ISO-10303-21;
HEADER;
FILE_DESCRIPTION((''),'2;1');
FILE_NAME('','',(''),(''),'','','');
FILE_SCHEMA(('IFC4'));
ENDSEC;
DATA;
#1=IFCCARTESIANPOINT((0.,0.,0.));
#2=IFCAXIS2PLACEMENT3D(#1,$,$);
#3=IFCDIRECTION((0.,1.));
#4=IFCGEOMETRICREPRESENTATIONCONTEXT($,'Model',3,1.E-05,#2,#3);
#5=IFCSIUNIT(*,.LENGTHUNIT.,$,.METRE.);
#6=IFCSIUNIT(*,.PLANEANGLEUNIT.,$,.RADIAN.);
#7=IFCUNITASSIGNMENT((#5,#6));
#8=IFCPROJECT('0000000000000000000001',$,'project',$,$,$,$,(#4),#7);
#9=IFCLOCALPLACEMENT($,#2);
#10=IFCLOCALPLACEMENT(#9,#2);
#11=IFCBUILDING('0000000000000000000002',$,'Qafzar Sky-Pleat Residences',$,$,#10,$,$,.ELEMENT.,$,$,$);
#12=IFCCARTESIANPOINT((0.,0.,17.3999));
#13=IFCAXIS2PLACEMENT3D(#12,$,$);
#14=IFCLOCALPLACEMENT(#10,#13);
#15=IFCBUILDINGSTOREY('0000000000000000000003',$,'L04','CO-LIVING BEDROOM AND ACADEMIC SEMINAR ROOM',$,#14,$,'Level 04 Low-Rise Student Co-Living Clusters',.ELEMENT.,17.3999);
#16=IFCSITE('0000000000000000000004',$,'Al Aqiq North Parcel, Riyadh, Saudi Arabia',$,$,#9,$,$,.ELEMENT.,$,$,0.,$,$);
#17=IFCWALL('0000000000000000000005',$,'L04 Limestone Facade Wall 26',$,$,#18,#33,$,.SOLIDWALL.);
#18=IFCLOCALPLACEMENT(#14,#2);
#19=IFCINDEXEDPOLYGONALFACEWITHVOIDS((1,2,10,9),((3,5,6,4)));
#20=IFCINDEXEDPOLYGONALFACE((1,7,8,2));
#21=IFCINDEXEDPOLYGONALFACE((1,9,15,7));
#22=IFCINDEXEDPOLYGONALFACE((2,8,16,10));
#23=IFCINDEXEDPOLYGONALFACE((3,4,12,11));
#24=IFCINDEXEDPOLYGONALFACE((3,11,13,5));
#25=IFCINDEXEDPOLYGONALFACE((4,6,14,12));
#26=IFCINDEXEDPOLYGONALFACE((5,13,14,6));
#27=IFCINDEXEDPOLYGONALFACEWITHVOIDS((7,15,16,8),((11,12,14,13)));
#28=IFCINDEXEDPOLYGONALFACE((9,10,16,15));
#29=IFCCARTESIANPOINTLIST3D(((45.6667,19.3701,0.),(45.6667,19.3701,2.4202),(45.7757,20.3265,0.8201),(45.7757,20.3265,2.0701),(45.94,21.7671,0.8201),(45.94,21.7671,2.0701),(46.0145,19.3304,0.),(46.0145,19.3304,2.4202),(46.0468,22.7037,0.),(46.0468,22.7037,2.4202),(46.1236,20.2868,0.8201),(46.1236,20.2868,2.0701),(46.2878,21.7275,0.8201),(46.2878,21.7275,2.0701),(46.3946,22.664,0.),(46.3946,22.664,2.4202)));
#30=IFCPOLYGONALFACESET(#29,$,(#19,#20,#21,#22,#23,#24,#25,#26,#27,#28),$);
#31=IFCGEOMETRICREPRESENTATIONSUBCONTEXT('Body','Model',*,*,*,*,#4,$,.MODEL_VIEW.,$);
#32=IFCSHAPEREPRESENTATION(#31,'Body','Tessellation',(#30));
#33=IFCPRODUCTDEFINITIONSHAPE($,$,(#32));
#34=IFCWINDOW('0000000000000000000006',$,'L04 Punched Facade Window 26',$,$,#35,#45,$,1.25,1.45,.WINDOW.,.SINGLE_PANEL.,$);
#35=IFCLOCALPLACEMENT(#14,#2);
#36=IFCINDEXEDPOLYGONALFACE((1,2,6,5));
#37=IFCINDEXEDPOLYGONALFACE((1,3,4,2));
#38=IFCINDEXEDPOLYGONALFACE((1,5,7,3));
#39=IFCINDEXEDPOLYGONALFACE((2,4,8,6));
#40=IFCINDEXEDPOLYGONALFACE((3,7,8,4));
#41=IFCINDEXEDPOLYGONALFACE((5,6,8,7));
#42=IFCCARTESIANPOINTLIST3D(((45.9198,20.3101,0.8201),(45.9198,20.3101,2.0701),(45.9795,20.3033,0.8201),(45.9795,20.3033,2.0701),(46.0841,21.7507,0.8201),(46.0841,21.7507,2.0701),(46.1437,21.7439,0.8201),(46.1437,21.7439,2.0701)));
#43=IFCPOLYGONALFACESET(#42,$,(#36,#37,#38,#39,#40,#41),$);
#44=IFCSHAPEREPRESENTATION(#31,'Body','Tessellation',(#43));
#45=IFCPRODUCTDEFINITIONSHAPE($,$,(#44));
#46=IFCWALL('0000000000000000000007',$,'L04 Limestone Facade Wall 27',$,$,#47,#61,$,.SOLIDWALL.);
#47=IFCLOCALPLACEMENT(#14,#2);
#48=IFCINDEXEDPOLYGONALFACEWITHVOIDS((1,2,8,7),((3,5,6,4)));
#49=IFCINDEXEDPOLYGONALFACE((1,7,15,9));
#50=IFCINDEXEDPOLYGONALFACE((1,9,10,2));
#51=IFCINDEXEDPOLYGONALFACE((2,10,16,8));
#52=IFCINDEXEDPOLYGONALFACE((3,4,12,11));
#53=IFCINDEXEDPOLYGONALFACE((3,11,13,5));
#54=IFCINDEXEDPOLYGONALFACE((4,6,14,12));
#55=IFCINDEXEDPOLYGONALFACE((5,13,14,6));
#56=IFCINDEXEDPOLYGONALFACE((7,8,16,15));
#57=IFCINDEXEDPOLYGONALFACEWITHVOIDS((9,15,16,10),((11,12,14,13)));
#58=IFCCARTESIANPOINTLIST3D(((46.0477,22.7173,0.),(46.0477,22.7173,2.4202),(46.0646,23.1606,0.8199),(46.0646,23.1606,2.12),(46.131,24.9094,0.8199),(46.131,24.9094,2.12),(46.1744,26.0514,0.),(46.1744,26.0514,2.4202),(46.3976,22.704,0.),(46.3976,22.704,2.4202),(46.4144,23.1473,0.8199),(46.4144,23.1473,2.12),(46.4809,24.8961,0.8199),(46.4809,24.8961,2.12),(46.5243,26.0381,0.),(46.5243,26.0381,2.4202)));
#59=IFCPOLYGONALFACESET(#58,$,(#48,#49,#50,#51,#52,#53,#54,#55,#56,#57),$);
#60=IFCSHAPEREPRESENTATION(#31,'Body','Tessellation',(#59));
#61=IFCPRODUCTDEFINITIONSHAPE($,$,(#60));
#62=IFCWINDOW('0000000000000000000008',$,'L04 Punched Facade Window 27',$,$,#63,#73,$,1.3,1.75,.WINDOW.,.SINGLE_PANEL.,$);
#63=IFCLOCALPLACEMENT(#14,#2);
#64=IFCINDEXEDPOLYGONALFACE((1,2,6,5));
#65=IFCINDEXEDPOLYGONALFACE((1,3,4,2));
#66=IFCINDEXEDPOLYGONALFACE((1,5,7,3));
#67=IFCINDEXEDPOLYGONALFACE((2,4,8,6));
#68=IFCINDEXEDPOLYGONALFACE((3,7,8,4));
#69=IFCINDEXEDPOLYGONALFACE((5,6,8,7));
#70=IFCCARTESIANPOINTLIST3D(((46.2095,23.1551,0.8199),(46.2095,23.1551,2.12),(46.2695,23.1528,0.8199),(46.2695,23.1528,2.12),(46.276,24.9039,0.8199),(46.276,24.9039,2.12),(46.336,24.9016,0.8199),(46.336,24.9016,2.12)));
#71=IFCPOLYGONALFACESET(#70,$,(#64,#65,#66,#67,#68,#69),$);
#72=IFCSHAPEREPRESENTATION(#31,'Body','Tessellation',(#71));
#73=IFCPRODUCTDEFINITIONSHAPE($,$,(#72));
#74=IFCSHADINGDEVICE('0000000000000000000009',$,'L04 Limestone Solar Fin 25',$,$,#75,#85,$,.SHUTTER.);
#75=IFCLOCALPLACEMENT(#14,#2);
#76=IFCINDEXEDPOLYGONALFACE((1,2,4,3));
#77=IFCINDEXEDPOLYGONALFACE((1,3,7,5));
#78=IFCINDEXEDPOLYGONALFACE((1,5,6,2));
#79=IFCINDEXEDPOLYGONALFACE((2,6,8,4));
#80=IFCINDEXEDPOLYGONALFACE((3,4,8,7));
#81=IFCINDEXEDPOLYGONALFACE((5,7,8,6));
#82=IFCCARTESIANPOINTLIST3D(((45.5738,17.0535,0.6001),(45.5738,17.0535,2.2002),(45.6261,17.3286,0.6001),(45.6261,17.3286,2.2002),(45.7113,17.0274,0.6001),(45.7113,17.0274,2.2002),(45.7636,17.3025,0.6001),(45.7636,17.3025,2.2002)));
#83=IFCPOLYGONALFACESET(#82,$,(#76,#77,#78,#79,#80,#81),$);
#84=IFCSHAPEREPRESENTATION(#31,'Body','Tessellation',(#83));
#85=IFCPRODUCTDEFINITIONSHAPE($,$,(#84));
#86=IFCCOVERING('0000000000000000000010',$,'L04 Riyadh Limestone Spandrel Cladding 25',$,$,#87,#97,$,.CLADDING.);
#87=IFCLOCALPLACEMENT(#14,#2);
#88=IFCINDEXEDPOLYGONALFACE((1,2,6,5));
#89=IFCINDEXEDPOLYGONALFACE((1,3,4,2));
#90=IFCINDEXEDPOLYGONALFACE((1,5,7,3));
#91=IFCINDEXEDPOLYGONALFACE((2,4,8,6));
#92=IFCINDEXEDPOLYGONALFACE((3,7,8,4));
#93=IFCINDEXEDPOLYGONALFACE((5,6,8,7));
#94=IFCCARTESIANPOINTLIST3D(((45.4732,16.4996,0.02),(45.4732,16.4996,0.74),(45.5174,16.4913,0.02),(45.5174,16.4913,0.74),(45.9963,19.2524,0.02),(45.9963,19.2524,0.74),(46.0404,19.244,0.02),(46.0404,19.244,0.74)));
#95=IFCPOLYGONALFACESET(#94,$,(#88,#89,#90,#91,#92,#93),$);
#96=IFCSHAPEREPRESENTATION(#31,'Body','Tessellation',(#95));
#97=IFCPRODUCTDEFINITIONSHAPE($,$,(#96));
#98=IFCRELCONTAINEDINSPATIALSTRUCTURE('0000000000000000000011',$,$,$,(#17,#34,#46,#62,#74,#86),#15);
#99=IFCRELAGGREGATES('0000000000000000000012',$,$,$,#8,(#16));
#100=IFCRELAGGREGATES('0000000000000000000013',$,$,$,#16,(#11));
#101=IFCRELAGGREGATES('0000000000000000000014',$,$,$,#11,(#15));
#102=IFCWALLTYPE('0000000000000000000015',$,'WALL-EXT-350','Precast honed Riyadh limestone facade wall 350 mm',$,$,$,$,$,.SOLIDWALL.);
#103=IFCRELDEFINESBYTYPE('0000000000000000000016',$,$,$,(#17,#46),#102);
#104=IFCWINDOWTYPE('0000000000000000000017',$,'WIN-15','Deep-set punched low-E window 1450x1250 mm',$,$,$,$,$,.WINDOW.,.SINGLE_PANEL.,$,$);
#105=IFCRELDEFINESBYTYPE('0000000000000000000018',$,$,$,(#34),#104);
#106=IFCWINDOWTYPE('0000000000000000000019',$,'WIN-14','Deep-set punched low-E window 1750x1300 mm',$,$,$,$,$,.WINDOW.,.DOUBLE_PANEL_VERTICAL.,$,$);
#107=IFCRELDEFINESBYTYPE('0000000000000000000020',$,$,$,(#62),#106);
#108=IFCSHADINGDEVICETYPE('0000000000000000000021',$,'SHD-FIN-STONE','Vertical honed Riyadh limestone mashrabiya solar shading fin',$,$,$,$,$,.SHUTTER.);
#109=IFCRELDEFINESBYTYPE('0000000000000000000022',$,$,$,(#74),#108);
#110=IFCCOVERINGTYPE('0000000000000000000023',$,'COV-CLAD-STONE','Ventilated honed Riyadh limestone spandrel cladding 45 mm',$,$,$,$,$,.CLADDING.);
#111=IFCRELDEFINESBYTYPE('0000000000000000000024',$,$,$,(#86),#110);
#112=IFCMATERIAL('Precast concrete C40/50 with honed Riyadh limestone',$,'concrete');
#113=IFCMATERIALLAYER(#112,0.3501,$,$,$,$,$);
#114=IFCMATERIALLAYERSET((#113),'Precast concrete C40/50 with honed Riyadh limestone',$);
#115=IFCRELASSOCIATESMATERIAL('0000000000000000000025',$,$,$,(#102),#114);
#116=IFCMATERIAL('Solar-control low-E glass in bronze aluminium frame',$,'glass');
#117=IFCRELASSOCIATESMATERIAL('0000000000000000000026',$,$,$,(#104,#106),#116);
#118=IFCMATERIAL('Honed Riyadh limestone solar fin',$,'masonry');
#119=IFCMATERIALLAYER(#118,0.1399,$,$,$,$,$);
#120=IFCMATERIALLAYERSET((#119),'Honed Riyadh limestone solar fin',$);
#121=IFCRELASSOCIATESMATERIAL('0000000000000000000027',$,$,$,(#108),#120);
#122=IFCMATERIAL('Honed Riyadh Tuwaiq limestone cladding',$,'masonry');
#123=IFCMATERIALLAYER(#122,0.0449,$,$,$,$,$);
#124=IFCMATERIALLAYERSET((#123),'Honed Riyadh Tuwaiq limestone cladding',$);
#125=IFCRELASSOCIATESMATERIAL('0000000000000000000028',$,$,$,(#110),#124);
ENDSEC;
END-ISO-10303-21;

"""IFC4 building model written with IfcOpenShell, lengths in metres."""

from ifc_helpers import new_model, si_unit, direction, frame, frame_2d, origin, origin_2d, place, context, subcontext, project, spatial, rectangle, extrude, source, transform, mapped, material, layer, layer_set, type_object, element, fill, save


model = new_model("IFC4")

# Units and contexts
model_context = context("Model", 3, precision=1e-05, world=origin(), true_north=direction((0.0, 1.0)))
body_context = subcontext(model_context, "Body", "Model", "MODEL_VIEW")
ifc_project = project(units=[si_unit("LENGTHUNIT", "METRE"), si_unit("PLANEANGLEUNIT", "RADIAN")], contexts=[model_context])

# Site, building, storey
site_placement = place(None, origin())
site = spatial("IfcSite", under=ifc_project, at=site_placement, Name="Al Aqiq North Parcel, Riyadh, Saudi Arabia", CompositionType="ELEMENT", RefElevation=0.0)
building_placement = place(site_placement, origin())
building = spatial("IfcBuilding", under=site, at=building_placement, Name="Qafzar Sky-Pleat Residences", CompositionType="ELEMENT")
storey_placement = place(building_placement, frame((0.0, 0.0, 17.3999)))
storey = spatial("IfcBuildingStorey", under=building, at=storey_placement, Name="L04", Description="CO-LIVING BEDROOM AND ACADEMIC SEMINAR ROOM", LongName="Level 04 Low-Rise Student Co-Living Clusters", CompositionType="ELEMENT", Elevation=17.3999)

# Shared definitions
ifc_material_1 = material(Name="Precast concrete C40/50 with honed Riyadh limestone", Category="concrete")
ifc_layer_1 = layer(ifc_material_1, 0.3501)
ifc_layer_set_1 = layer_set([ifc_layer_1], Name="Precast concrete C40/50 with honed Riyadh limestone")
wall_type_1 = type_object("IfcWallType", Name="WALL-EXT-350", Description="Precast honed Riyadh limestone facade wall 350 mm", PredefinedType="SOLIDWALL", material=ifc_layer_set_1)

# Walls, openings, windows
ifc_material_2 = material(Name="Solar-control low-E glass in bronze aluminium frame", Category="glass")
wall_1_placement = place(storey_placement, frame((45.8406, 19.3501, 0.0), z_axis=(0.0, 0.0, 1.0), x_axis=(0.11329, 0.993562, 0.0)))
wall_1 = element("IfcWall", 1, at=wall_1_placement, inside=storey, type_object=wall_type_1, Name="L04 Limestone Facade Wall 26", PredefinedType="SOLIDWALL", context=body_context, shape_type="SweptSolid", body=[
    extrude(rectangle(XDim=3.3552, YDim=0.3501, at=frame_2d((1.6777, 0.0))), origin(), (0.0, 0.0, 1.0), 2.4202),
])
opening_1_placement = place(wall_1_placement, frame((0.9626, 0.0, 0.8201)))
opening_1 = element("IfcOpeningElement", 2, at=opening_1_placement, cuts=wall_1, PredefinedType="OPENING", context=body_context, shape_type="SweptSolid", body=[
    extrude(rectangle(XDim=1.45, YDim=1.25, at=frame_2d((0.7251, 0.625))), frame((0.0, 0.1851, 0.0), z_axis=(0.0, -1.0, 0.0), x_axis=(1.0, 0.0, 0.0)), (0.0, 0.0, 1.0), 0.3701),
])
window_type_1 = type_object("IfcWindowType", Name="WIN-15", Description="Deep-set punched low-E window 1450x1250 mm", PartitioningType="SINGLE_PANEL", PredefinedType="WINDOW", material=ifc_material_2)
shared_shape_1 = source(origin(), body_context, "Body", "SweptSolid", [
    extrude(rectangle(XDim=1.45, YDim=1.25, at=frame_2d((0.7251, 0.625))), frame((0.0, 0.03, 0.0), z_axis=(0.0, -1.0, 0.0), x_axis=(1.0, 0.0, 0.0)), (0.0, 0.0, 1.0), 0.0601),
])
window_1_placement = place(opening_1_placement, origin())
window_1 = element("IfcWindow", 3, at=window_1_placement, inside=storey, type_object=window_type_1, Name="L04 Punched Facade Window 26", OverallHeight=1.25, OverallWidth=1.45, PartitioningType="SINGLE_PANEL", PredefinedType="WINDOW", context=body_context, shape_type="MappedRepresentation", body=[
    mapped(shared_shape_1, transform((0.0, 0.0, 0.0), x_axis=(1.0, 0.0, 0.0), y_axis=(0.0, 1.0, 0.0), z_axis=(0.0, 0.0, 1.0), scale=1.0)),
])
fill(opening_1, window_1)
wall_2_placement = place(storey_placement, frame((46.2227, 22.7107, 0.0), z_axis=(0.0, 0.0, 1.0), x_axis=(0.037978, 0.999279, 0.0)))
wall_2 = element("IfcWall", 4, at=wall_2_placement, inside=storey, type_object=wall_type_1, Name="L04 Limestone Facade Wall 27", PredefinedType="SOLIDWALL", context=body_context, shape_type="SweptSolid", body=[
    extrude(rectangle(XDim=3.3364, YDim=0.3501, at=frame_2d((1.6682, 0.0))), origin(), (0.0, 0.0, 1.0), 2.4202),
])
opening_2_placement = place(wall_2_placement, frame((0.4436, 0.0, 0.8201)))
opening_2 = element("IfcOpeningElement", 5, at=opening_2_placement, cuts=wall_2, PredefinedType="OPENING", context=body_context, shape_type="SweptSolid", body=[
    extrude(rectangle(XDim=1.75, YDim=1.3, at=frame_2d((0.875, 0.6499))), frame((0.0, 0.1851, 0.0), z_axis=(0.0, -1.0, 0.0), x_axis=(1.0, 0.0, 0.0)), (0.0, 0.0, 1.0), 0.3701),
])
window_type_2 = type_object("IfcWindowType", Name="WIN-14", Description="Deep-set punched low-E window 1750x1300 mm", PartitioningType="DOUBLE_PANEL_VERTICAL", PredefinedType="WINDOW", material=ifc_material_2)
shared_shape_2 = source(origin(), body_context, "Body", "SweptSolid", [
    extrude(rectangle(XDim=1.75, YDim=1.3, at=frame_2d((0.875, 0.6499))), frame((0.0, 0.03, 0.0), z_axis=(0.0, -1.0, 0.0), x_axis=(1.0, 0.0, 0.0)), (0.0, 0.0, 1.0), 0.0601),
])
window_2_placement = place(opening_2_placement, origin())
window_2 = element("IfcWindow", 6, at=window_2_placement, inside=storey, type_object=window_type_2, Name="L04 Punched Facade Window 27", OverallHeight=1.3, OverallWidth=1.75, PartitioningType="SINGLE_PANEL", PredefinedType="WINDOW", context=body_context, shape_type="MappedRepresentation", body=[
    mapped(shared_shape_2, transform((0.0, 0.0, 0.0), x_axis=(1.0, 0.0, 0.0), y_axis=(0.0, 1.0, 0.0), z_axis=(0.0, 0.0, 1.0), scale=1.0)),
])
fill(opening_2, window_2)

# Shading device
ifc_material_3 = material(Name="Honed Riyadh limestone solar fin", Category="masonry")
ifc_layer_2 = layer(ifc_material_3, 0.1399)
ifc_layer_set_2 = layer_set([ifc_layer_2], Name="Honed Riyadh limestone solar fin")
shading_device_type = type_object("IfcShadingDeviceType", Name="SHD-FIN-STONE", Description="Vertical honed Riyadh limestone mashrabiya solar shading fin", PredefinedType="SHUTTER", material=ifc_layer_set_2)
shared_shape_3 = source(origin(), body_context, "Body", "SweptSolid", [
    extrude(rectangle(XDim=0.1399, YDim=0.28, at=origin_2d()), origin(), (0.0, 0.0, 1.0), 1.6001),
])
shading_device_placement = place(storey_placement, frame((45.6687, 17.178, 0.6001), z_axis=(0.0, 0.0, 1.0), x_axis=(0.982421, -0.186678, 0.0)))
element("IfcShadingDevice", 7, at=shading_device_placement, inside=storey, type_object=shading_device_type, Name="L04 Limestone Solar Fin 25", PredefinedType="SHUTTER", context=body_context, shape_type="MappedRepresentation", body=[
    mapped(shared_shape_3, transform((0.0, 0.0, 0.0), x_axis=(1.0, 0.0, 0.0), y_axis=(0.0, 1.0, 0.0), z_axis=(0.0, 0.0, 1.0), scale=1.0)),
])

# Covering
ifc_material_4 = material(Name="Honed Riyadh Tuwaiq limestone cladding", Category="masonry")
ifc_layer_3 = layer(ifc_material_4, 0.0449)
ifc_layer_set_3 = layer_set([ifc_layer_3], Name="Honed Riyadh Tuwaiq limestone cladding")
covering_type = type_object("IfcCoveringType", Name="COV-CLAD-STONE", Description="Ventilated honed Riyadh limestone spandrel cladding 45 mm", PredefinedType="CLADDING", material=ifc_layer_set_3)
shared_shape_4 = source(origin(), body_context, "Body", "SweptSolid", [
    extrude(rectangle(XDim=2.802, YDim=0.0449, at=origin_2d()), origin(), (0.0, 0.0, 1.0), 0.72),
])
covering_placement = place(storey_placement, frame((45.7568, 17.8718, 0.02), z_axis=(0.0, 0.0, 1.0), x_axis=(0.186681, 0.982421, 0.0)))
element("IfcCovering", 8, at=covering_placement, inside=storey, type_object=covering_type, Name="L04 Riyadh Limestone Spandrel Cladding 25", PredefinedType="CLADDING", context=body_context, shape_type="MappedRepresentation", body=[
    mapped(shared_shape_4, transform((0.0, 0.0, 0.0), x_axis=(1.0, 0.0, 0.0), y_axis=(0.0, 1.0, 0.0), z_axis=(0.0, 0.0, 1.0), scale=1.0)),
])

save(model, "model.ifc")
